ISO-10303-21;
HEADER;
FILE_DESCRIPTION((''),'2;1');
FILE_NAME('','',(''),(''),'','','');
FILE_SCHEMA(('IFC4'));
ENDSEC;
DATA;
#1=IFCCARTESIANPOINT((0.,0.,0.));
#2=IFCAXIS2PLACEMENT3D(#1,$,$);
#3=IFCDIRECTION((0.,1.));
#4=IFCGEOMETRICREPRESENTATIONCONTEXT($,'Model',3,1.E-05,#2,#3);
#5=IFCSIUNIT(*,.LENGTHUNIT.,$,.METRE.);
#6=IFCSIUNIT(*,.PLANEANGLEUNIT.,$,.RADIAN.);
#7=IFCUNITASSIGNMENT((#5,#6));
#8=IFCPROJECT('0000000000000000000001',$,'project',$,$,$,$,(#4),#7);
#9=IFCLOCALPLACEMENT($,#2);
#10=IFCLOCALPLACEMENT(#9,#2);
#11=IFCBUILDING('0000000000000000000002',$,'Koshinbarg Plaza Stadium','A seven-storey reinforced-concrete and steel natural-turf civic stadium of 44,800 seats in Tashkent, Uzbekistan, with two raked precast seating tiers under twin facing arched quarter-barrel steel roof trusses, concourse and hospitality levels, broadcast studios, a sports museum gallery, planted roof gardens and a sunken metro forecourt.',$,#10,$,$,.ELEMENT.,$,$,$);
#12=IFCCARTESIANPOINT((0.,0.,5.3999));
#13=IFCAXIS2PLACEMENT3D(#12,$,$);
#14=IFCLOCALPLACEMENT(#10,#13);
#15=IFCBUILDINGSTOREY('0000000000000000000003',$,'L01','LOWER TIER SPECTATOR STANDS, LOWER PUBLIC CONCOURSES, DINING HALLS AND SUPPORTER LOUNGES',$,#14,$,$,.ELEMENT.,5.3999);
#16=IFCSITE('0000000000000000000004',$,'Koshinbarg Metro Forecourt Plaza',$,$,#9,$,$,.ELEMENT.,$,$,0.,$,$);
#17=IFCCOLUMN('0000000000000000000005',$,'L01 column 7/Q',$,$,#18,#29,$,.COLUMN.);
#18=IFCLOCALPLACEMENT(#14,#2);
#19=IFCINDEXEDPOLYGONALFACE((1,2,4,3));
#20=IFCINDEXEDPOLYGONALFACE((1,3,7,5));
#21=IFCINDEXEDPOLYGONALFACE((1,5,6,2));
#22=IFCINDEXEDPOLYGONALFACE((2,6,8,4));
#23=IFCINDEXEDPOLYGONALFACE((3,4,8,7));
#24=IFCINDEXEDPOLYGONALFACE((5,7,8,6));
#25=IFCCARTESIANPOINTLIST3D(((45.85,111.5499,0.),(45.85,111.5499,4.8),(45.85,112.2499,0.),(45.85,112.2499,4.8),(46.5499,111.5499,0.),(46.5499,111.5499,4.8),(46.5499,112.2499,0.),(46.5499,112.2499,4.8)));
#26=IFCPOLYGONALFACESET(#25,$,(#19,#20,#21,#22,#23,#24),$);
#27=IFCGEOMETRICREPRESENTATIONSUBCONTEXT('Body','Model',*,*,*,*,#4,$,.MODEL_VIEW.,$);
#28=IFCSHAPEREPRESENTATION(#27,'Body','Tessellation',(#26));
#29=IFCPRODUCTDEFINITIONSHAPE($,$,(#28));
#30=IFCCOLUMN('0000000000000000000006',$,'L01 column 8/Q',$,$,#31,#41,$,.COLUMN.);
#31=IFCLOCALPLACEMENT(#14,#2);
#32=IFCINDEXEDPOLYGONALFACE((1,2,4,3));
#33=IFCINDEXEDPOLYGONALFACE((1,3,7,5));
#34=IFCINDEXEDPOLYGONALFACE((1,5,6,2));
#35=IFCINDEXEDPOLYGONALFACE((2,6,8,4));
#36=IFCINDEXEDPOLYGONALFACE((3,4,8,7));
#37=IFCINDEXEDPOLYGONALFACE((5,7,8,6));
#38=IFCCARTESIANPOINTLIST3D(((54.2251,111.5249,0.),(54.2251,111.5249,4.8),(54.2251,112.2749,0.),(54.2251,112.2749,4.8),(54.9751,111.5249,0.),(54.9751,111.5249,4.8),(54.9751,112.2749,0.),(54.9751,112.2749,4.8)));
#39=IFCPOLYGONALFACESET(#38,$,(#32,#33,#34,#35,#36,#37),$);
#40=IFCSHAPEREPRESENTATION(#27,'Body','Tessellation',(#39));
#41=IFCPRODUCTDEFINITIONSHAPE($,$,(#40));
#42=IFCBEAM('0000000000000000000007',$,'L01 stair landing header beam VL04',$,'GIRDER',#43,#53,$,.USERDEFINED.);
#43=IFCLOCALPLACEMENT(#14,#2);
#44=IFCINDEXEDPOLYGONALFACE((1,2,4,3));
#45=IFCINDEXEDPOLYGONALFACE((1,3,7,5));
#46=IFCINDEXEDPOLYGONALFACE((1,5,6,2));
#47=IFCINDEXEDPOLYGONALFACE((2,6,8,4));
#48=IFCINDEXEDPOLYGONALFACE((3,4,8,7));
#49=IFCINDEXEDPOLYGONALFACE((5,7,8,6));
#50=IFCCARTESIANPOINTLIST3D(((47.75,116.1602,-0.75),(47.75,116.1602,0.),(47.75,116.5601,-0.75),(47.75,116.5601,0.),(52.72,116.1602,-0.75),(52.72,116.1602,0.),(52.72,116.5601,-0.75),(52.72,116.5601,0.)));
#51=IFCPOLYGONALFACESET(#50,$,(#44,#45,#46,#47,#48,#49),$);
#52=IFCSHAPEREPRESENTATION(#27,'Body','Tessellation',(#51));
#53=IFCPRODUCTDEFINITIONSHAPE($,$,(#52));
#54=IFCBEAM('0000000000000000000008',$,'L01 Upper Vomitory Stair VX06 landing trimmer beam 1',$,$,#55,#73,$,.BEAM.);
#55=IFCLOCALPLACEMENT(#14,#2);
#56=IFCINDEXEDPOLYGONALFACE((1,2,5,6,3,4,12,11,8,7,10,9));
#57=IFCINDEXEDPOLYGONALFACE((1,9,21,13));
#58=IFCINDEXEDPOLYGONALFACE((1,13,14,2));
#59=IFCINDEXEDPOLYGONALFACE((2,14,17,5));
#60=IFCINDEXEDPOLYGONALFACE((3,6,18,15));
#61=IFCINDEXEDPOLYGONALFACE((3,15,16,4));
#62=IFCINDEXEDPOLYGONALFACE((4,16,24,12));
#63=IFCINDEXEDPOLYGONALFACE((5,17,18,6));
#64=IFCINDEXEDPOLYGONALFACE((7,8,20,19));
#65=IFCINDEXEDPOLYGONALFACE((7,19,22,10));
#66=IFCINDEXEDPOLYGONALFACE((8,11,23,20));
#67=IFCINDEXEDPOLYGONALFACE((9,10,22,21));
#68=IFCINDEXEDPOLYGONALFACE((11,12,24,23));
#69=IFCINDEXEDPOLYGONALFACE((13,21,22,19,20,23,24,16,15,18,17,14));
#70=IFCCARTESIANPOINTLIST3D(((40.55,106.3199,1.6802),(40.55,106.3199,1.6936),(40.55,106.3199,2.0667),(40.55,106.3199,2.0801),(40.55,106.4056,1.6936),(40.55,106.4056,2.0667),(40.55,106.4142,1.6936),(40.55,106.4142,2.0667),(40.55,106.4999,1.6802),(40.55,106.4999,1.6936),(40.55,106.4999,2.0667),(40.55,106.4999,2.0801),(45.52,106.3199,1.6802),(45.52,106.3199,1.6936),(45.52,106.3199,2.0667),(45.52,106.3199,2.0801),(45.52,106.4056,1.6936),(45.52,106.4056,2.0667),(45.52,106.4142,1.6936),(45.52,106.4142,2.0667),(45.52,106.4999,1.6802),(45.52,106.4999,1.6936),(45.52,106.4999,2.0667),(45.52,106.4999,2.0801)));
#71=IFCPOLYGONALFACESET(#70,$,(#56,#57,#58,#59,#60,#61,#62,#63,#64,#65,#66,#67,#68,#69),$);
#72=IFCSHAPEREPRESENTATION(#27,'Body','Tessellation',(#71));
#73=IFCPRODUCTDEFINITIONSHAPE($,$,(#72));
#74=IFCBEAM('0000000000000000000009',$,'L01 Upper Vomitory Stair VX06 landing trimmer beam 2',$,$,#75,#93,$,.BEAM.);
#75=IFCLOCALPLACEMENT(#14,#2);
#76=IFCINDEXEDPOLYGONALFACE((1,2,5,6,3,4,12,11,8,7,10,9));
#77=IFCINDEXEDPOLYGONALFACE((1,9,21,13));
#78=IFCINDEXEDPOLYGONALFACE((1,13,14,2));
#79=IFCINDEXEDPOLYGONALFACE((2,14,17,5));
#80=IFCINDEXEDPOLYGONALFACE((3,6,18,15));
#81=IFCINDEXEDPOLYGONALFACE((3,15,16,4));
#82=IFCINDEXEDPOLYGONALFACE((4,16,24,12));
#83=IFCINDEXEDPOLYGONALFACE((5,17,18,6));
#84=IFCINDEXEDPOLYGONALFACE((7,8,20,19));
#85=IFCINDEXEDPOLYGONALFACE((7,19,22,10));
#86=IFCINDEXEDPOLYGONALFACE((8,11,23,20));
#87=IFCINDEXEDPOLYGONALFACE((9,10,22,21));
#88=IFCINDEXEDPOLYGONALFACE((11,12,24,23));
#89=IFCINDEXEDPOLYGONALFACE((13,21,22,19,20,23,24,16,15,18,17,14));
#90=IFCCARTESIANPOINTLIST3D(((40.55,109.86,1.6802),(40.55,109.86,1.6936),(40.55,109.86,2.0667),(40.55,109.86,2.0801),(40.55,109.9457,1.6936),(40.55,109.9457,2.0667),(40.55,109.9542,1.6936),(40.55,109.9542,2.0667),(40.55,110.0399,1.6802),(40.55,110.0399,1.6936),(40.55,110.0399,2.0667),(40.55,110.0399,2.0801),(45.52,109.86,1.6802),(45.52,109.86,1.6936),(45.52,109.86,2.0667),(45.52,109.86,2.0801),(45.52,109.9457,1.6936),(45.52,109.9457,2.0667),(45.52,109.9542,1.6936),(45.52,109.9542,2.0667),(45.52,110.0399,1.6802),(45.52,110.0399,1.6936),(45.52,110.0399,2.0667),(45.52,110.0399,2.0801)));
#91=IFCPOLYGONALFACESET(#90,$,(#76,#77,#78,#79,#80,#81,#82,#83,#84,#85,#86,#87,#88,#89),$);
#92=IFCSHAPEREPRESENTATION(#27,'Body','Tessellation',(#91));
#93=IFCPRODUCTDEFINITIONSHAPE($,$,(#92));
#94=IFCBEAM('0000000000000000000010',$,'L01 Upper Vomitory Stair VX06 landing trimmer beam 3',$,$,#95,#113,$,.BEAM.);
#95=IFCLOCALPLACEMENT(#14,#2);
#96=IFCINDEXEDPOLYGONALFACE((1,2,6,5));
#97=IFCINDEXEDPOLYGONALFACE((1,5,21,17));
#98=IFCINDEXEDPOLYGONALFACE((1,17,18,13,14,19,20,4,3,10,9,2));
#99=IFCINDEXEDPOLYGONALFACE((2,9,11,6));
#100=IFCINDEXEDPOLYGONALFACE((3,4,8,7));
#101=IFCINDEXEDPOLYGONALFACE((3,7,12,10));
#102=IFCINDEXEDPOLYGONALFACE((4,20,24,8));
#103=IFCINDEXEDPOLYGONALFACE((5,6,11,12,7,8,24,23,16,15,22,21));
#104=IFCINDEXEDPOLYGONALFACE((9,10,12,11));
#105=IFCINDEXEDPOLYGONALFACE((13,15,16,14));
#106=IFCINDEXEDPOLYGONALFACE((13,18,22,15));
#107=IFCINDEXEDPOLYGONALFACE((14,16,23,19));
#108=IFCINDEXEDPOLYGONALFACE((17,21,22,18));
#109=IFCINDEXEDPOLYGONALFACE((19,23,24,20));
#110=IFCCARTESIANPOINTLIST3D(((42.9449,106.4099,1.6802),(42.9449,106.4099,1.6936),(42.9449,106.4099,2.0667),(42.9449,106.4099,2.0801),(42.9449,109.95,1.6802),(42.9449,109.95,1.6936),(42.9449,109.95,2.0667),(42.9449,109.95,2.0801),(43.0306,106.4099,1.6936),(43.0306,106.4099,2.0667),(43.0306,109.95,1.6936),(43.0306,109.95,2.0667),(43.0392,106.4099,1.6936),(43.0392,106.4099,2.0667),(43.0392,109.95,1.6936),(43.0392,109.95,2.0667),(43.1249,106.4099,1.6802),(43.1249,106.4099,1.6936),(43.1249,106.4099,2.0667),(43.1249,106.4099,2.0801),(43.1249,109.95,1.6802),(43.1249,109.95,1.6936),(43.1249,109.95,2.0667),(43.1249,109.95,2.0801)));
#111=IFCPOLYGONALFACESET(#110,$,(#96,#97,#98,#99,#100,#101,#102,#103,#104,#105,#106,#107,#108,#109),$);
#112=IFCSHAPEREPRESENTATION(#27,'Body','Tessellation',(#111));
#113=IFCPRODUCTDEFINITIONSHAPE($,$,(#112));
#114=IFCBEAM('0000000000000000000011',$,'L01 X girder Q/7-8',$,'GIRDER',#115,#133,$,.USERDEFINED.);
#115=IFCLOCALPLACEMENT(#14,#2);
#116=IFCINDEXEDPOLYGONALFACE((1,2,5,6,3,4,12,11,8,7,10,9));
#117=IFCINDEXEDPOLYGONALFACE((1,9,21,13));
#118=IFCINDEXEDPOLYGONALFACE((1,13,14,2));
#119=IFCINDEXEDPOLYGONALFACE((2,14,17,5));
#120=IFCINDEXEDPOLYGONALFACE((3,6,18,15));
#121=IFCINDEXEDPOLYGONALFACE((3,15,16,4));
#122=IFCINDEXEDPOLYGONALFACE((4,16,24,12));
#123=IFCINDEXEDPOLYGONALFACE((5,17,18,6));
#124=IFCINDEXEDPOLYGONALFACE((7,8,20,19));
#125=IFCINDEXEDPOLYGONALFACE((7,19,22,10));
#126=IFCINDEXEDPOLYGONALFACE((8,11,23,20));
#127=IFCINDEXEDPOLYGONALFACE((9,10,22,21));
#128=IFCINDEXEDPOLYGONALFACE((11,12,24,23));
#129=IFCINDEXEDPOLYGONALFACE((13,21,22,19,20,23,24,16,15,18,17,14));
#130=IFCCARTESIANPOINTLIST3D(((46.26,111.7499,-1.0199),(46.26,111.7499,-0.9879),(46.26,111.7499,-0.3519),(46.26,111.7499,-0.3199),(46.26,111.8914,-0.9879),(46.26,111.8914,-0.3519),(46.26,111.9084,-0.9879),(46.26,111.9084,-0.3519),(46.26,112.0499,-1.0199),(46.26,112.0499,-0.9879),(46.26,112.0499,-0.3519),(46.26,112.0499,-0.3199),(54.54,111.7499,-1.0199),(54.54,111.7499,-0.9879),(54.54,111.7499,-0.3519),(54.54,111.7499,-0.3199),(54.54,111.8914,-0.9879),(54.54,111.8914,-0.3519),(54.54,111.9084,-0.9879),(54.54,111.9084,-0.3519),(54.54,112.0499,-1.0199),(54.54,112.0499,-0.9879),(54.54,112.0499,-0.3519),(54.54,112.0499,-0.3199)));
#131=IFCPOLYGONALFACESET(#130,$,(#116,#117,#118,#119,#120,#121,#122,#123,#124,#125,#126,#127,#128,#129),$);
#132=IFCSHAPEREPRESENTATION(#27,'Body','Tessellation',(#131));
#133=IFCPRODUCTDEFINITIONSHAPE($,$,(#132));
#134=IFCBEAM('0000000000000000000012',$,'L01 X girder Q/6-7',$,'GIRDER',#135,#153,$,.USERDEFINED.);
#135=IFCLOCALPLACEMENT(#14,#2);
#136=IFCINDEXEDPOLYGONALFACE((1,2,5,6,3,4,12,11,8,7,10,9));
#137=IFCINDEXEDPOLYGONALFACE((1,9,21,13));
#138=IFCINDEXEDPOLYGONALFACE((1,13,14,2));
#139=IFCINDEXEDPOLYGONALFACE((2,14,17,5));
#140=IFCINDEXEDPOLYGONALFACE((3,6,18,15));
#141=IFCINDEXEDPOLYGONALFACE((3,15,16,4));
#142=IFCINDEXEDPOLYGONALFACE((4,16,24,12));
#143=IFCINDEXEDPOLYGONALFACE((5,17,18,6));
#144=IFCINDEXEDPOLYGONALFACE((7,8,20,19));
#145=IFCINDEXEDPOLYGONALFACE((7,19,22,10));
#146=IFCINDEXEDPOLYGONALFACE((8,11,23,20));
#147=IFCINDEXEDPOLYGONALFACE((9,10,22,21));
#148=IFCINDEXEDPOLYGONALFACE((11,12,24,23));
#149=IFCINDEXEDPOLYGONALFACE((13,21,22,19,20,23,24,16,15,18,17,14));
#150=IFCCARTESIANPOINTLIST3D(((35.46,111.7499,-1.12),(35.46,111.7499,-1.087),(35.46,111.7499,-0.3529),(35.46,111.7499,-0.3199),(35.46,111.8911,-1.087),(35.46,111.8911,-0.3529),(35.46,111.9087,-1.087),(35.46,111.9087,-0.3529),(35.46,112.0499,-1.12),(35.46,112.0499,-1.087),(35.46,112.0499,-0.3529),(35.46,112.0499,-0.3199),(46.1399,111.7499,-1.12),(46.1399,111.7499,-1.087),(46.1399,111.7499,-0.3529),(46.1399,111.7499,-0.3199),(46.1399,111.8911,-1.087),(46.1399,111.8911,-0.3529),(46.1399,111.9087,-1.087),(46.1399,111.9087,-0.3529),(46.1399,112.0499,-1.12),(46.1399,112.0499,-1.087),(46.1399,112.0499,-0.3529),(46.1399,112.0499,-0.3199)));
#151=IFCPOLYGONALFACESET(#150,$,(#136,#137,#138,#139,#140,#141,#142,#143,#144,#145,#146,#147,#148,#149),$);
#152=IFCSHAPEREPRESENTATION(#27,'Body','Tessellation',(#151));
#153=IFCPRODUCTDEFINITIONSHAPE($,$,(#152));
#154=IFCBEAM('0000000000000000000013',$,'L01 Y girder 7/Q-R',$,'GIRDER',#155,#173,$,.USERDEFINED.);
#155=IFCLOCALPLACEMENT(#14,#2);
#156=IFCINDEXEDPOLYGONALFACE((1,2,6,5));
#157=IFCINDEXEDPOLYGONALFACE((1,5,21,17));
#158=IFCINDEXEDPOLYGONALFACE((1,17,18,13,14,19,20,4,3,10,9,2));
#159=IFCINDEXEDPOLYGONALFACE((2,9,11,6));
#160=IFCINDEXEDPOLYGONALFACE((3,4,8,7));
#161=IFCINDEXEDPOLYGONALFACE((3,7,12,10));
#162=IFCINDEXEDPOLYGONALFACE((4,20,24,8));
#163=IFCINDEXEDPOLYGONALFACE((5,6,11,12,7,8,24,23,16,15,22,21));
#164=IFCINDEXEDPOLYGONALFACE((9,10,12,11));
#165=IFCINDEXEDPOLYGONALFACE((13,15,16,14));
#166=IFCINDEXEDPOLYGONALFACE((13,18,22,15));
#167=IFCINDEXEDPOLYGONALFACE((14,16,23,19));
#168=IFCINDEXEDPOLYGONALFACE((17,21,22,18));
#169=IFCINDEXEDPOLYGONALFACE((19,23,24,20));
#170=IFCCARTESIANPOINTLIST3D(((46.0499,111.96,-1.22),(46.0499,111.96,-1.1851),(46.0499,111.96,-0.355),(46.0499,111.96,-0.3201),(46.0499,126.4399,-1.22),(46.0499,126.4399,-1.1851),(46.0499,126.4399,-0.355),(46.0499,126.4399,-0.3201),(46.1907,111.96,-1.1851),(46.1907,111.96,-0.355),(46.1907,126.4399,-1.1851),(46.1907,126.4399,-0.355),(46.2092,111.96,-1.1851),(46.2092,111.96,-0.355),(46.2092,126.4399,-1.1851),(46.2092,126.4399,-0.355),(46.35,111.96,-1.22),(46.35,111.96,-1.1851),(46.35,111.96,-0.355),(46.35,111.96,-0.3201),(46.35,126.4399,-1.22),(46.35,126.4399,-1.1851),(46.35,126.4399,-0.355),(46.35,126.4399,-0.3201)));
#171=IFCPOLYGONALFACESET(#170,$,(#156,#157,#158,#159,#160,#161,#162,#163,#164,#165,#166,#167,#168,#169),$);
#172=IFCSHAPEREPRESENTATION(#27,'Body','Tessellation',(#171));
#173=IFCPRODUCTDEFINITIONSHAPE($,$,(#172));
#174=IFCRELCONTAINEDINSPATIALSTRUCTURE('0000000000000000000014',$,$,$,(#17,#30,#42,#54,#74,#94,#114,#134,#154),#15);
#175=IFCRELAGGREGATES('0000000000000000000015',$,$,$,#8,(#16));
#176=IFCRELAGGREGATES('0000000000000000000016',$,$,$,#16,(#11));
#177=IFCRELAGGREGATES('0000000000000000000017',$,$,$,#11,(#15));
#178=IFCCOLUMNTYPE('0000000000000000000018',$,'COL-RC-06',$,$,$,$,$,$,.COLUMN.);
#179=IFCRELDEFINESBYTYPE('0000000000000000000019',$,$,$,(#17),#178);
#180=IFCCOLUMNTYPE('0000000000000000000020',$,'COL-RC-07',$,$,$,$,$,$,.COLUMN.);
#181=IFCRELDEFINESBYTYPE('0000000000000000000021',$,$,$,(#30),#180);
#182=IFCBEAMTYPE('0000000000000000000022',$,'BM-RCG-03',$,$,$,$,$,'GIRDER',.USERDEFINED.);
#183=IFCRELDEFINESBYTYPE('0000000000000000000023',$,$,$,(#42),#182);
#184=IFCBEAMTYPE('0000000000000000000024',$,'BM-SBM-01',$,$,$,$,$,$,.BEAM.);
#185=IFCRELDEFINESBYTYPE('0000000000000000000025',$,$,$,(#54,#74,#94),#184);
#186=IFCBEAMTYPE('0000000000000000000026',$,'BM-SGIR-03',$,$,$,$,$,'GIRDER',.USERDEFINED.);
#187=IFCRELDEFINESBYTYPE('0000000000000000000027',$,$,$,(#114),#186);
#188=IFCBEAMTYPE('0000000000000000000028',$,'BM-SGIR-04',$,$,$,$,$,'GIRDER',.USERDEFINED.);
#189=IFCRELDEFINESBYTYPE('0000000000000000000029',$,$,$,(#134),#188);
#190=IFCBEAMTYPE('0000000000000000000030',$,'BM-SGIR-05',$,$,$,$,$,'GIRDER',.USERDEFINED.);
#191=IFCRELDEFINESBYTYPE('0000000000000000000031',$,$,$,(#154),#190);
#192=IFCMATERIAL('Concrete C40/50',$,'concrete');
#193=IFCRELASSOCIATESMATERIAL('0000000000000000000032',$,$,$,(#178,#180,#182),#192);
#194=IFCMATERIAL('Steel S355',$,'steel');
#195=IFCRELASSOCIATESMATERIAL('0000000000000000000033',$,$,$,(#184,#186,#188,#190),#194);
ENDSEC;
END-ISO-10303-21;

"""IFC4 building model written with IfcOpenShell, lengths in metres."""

from ifc_helpers import new_model, si_unit, direction, frame, origin, origin_2d, place, context, subcontext, project, spatial, rectangle, i_section, extrude, material, material_profile, profile_set, type_object, element, save


model = new_model("IFC4")

# Units and contexts
model_context = context("Model", 3, precision=1e-05, world=origin(), true_north=direction((0.0, 1.0)))
body_context = subcontext(model_context, "Body", "Model", "MODEL_VIEW")
ifc_project = project(units=[si_unit("LENGTHUNIT", "METRE"), si_unit("PLANEANGLEUNIT", "RADIAN")], contexts=[model_context])

# Site, building, storey
site_placement = place(None, origin())
site = spatial("IfcSite", under=ifc_project, at=site_placement, Name="Koshinbarg Metro Forecourt Plaza", CompositionType="ELEMENT", RefElevation=0.0)
building_placement = place(site_placement, origin())
building = spatial("IfcBuilding", under=site, at=building_placement, Name="Koshinbarg Plaza Stadium", Description="A seven-storey reinforced-concrete and steel natural-turf civic stadium of 44,800 seats in Tashkent, Uzbekistan, with two raked precast seating tiers under twin facing arched quarter-barrel steel roof trusses, concourse and hospitality levels, broadcast studios, a sports museum gallery, planted roof gardens and a sunken metro forecourt.", CompositionType="ELEMENT")
storey_placement = place(building_placement, frame((0.0, 0.0, 5.3999)))
storey = spatial("IfcBuildingStorey", under=building, at=storey_placement, Name="L01", Description="LOWER TIER SPECTATOR STANDS, LOWER PUBLIC CONCOURSES, DINING HALLS AND SUPPORTER LOUNGES", CompositionType="ELEMENT", Elevation=5.3999)

# Columns
ifc_material_1 = material(Name="Concrete C40/50", Category="concrete")
ifc_material_profile_1 = material_profile(ifc_material_1, rectangle(XDim=0.7, YDim=0.7, at=origin_2d()), Name="RC 700x700")
ifc_profile_set_1 = profile_set([ifc_material_profile_1], Name="Concrete C40/50")
column_type_1 = type_object("IfcColumnType", Name="COL-RC-06", PredefinedType="COLUMN", material=ifc_profile_set_1)
column_1_placement = place(storey_placement, frame((46.2, 111.8999, 0.0), z_axis=(0.0, 0.0, 1.0), x_axis=(1.0, 0.0, 0.0)))
element("IfcColumn", 1, at=column_1_placement, inside=storey, type_object=column_type_1, Name="L01 column 7/Q", PredefinedType="COLUMN", context=body_context, shape_type="SweptSolid", body=[
    extrude(rectangle(XDim=0.7, YDim=0.7, at=origin_2d()), origin(), (0.0, 0.0, 1.0), 4.8),
])
ifc_material_profile_2 = material_profile(ifc_material_1, rectangle(XDim=0.75, YDim=0.75, at=origin_2d()), Name="RC 750x750")
ifc_profile_set_2 = profile_set([ifc_material_profile_2], Name="Concrete C40/50")
column_type_2 = type_object("IfcColumnType", Name="COL-RC-07", PredefinedType="COLUMN", material=ifc_profile_set_2)
column_2_placement = place(storey_placement, frame((54.6001, 111.8999, 0.0), z_axis=(0.0, 0.0, 1.0), x_axis=(1.0, 0.0, 0.0)))
element("IfcColumn", 2, at=column_2_placement, inside=storey, type_object=column_type_2, Name="L01 column 8/Q", PredefinedType="COLUMN", context=body_context, shape_type="SweptSolid", body=[
    extrude(rectangle(XDim=0.75, YDim=0.75, at=origin_2d()), origin(), (0.0, 0.0, 1.0), 4.8),
])

# Beams
ifc_material_profile_3 = material_profile(ifc_material_1, rectangle(XDim=0.3999, YDim=0.75, at=origin_2d()), Name="RC 400x750")
ifc_profile_set_3 = profile_set([ifc_material_profile_3], Name="Concrete C40/50")
beam_type_1 = type_object("IfcBeamType", Name="BM-RCG-03", ElementType="GIRDER", PredefinedType="USERDEFINED", material=ifc_profile_set_3)
beam_1_placement = place(storey_placement, frame((47.75, 116.3601, -0.375), z_axis=(1.0, 0.0, 0.0), x_axis=(0.0, 1.0, 0.0)))
element("IfcBeam", 3, at=beam_1_placement, inside=storey, type_object=beam_type_1, Name="L01 stair landing header beam VL04", ObjectType="GIRDER", PredefinedType="USERDEFINED", context=body_context, shape_type="SweptSolid", body=[
    extrude(rectangle(XDim=0.3999, YDim=0.75, at=origin_2d()), origin(), (0.0, 0.0, 1.0), 4.97),
])
ifc_material_2 = material(Name="Steel S355", Category="steel")
ifc_material_profile_4 = material_profile(ifc_material_2, i_section(OverallWidth=0.1799, OverallDepth=0.3999, WebThickness=0.0085, FlangeThickness=0.0134, at=origin_2d()), Name="IPE 400")
ifc_profile_set_4 = profile_set([ifc_material_profile_4], Name="Steel S355")
beam_type_2 = type_object("IfcBeamType", Name="BM-SBM-01", PredefinedType="BEAM", material=ifc_profile_set_4)
for number, where, z_axis, x_axis, name in (
    (4, (40.55, 106.4099, 1.8801), (1.0, 0.0, 0.0), (0.0, 1.0, 0.0), "L01 Upper Vomitory Stair VX06 landing trimmer beam 1"),
    (5, (40.55, 109.95, 1.8801), (1.0, 0.0, 0.0), (0.0, 1.0, 0.0), "L01 Upper Vomitory Stair VX06 landing trimmer beam 2"),
):
    element("IfcBeam", number, at=place(storey_placement, frame(where, z_axis=z_axis, x_axis=x_axis)), inside=storey, type_object=beam_type_2, Name=name, PredefinedType="BEAM", context=body_context, shape_type="SweptSolid", body=[
        extrude(i_section(OverallWidth=0.1799, OverallDepth=0.3999, WebThickness=0.0085, FlangeThickness=0.0134, at=origin_2d()), origin(), (0.0, 0.0, 1.0), 4.97),
    ])
beam_2_placement = place(storey_placement, frame((43.0349, 106.4099, 1.8801), z_axis=(0.0, 1.0, 0.0), x_axis=(-1.0, 0.0, 0.0)))
element("IfcBeam", 6, at=beam_2_placement, inside=storey, type_object=beam_type_2, Name="L01 Upper Vomitory Stair VX06 landing trimmer beam 3", PredefinedType="BEAM", context=body_context, shape_type="SweptSolid", body=[
    extrude(i_section(OverallWidth=0.1799, OverallDepth=0.3999, WebThickness=0.0085, FlangeThickness=0.0134, at=origin_2d()), origin(), (0.0, 0.0, 1.0), 3.54),
])
ifc_material_profile_5 = material_profile(ifc_material_2, i_section(OverallWidth=0.3, OverallDepth=0.7, WebThickness=0.0171, FlangeThickness=0.032, at=origin_2d()), Name="HEB 700")
ifc_profile_set_5 = profile_set([ifc_material_profile_5], Name="Steel S355")
beam_type_3 = type_object("IfcBeamType", Name="BM-SGIR-03", ElementType="GIRDER", PredefinedType="USERDEFINED", material=ifc_profile_set_5)
beam_3_placement = place(storey_placement, frame((46.26, 111.8999, -0.6699), z_axis=(1.0, 0.0, 0.0), x_axis=(0.0, 1.0, 0.0)))
element("IfcBeam", 7, at=beam_3_placement, inside=storey, type_object=beam_type_3, Name="L01 X girder Q/7-8", ObjectType="GIRDER", PredefinedType="USERDEFINED", context=body_context, shape_type="SweptSolid", body=[
    extrude(i_section(OverallWidth=0.3, OverallDepth=0.7, WebThickness=0.0171, FlangeThickness=0.032, at=origin_2d()), origin(), (0.0, 0.0, 1.0), 8.28),
])
ifc_material_profile_6 = material_profile(ifc_material_2, i_section(OverallWidth=0.3, OverallDepth=0.8, WebThickness=0.0176, FlangeThickness=0.033, at=origin_2d()), Name="HEB 800")
ifc_profile_set_6 = profile_set([ifc_material_profile_6], Name="Steel S355")
beam_type_4 = type_object("IfcBeamType", Name="BM-SGIR-04", ElementType="GIRDER", PredefinedType="USERDEFINED", material=ifc_profile_set_6)
beam_4_placement = place(storey_placement, frame((35.46, 111.8999, -0.72), z_axis=(1.0, 0.0, 0.0), x_axis=(0.0, 1.0, 0.0)))
element("IfcBeam", 8, at=beam_4_placement, inside=storey, type_object=beam_type_4, Name="L01 X girder Q/6-7", ObjectType="GIRDER", PredefinedType="USERDEFINED", context=body_context, shape_type="SweptSolid", body=[
    extrude(i_section(OverallWidth=0.3, OverallDepth=0.8, WebThickness=0.0176, FlangeThickness=0.033, at=origin_2d()), origin(), (0.0, 0.0, 1.0), 10.6799),
])
ifc_material_profile_7 = material_profile(ifc_material_2, i_section(OverallWidth=0.3, OverallDepth=0.8999, WebThickness=0.0186, FlangeThickness=0.0349, at=origin_2d()), Name="HEB 900")
ifc_profile_set_7 = profile_set([ifc_material_profile_7], Name="Steel S355")
beam_type_5 = type_object("IfcBeamType", Name="BM-SGIR-05", ElementType="GIRDER", PredefinedType="USERDEFINED", material=ifc_profile_set_7)
beam_5_placement = place(storey_placement, frame((46.2, 111.96, -0.77), z_axis=(0.0, 1.0, 0.0), x_axis=(-1.0, 0.0, 0.0)))
element("IfcBeam", 9, at=beam_5_placement, inside=storey, type_object=beam_type_5, Name="L01 Y girder 7/Q-R", ObjectType="GIRDER", PredefinedType="USERDEFINED", context=body_context, shape_type="SweptSolid", body=[
    extrude(i_section(OverallWidth=0.3, OverallDepth=0.8999, WebThickness=0.0186, FlangeThickness=0.0349, at=origin_2d()), origin(), (0.0, 0.0, 1.0), 14.48),
])

save(model, "model.ifc")
